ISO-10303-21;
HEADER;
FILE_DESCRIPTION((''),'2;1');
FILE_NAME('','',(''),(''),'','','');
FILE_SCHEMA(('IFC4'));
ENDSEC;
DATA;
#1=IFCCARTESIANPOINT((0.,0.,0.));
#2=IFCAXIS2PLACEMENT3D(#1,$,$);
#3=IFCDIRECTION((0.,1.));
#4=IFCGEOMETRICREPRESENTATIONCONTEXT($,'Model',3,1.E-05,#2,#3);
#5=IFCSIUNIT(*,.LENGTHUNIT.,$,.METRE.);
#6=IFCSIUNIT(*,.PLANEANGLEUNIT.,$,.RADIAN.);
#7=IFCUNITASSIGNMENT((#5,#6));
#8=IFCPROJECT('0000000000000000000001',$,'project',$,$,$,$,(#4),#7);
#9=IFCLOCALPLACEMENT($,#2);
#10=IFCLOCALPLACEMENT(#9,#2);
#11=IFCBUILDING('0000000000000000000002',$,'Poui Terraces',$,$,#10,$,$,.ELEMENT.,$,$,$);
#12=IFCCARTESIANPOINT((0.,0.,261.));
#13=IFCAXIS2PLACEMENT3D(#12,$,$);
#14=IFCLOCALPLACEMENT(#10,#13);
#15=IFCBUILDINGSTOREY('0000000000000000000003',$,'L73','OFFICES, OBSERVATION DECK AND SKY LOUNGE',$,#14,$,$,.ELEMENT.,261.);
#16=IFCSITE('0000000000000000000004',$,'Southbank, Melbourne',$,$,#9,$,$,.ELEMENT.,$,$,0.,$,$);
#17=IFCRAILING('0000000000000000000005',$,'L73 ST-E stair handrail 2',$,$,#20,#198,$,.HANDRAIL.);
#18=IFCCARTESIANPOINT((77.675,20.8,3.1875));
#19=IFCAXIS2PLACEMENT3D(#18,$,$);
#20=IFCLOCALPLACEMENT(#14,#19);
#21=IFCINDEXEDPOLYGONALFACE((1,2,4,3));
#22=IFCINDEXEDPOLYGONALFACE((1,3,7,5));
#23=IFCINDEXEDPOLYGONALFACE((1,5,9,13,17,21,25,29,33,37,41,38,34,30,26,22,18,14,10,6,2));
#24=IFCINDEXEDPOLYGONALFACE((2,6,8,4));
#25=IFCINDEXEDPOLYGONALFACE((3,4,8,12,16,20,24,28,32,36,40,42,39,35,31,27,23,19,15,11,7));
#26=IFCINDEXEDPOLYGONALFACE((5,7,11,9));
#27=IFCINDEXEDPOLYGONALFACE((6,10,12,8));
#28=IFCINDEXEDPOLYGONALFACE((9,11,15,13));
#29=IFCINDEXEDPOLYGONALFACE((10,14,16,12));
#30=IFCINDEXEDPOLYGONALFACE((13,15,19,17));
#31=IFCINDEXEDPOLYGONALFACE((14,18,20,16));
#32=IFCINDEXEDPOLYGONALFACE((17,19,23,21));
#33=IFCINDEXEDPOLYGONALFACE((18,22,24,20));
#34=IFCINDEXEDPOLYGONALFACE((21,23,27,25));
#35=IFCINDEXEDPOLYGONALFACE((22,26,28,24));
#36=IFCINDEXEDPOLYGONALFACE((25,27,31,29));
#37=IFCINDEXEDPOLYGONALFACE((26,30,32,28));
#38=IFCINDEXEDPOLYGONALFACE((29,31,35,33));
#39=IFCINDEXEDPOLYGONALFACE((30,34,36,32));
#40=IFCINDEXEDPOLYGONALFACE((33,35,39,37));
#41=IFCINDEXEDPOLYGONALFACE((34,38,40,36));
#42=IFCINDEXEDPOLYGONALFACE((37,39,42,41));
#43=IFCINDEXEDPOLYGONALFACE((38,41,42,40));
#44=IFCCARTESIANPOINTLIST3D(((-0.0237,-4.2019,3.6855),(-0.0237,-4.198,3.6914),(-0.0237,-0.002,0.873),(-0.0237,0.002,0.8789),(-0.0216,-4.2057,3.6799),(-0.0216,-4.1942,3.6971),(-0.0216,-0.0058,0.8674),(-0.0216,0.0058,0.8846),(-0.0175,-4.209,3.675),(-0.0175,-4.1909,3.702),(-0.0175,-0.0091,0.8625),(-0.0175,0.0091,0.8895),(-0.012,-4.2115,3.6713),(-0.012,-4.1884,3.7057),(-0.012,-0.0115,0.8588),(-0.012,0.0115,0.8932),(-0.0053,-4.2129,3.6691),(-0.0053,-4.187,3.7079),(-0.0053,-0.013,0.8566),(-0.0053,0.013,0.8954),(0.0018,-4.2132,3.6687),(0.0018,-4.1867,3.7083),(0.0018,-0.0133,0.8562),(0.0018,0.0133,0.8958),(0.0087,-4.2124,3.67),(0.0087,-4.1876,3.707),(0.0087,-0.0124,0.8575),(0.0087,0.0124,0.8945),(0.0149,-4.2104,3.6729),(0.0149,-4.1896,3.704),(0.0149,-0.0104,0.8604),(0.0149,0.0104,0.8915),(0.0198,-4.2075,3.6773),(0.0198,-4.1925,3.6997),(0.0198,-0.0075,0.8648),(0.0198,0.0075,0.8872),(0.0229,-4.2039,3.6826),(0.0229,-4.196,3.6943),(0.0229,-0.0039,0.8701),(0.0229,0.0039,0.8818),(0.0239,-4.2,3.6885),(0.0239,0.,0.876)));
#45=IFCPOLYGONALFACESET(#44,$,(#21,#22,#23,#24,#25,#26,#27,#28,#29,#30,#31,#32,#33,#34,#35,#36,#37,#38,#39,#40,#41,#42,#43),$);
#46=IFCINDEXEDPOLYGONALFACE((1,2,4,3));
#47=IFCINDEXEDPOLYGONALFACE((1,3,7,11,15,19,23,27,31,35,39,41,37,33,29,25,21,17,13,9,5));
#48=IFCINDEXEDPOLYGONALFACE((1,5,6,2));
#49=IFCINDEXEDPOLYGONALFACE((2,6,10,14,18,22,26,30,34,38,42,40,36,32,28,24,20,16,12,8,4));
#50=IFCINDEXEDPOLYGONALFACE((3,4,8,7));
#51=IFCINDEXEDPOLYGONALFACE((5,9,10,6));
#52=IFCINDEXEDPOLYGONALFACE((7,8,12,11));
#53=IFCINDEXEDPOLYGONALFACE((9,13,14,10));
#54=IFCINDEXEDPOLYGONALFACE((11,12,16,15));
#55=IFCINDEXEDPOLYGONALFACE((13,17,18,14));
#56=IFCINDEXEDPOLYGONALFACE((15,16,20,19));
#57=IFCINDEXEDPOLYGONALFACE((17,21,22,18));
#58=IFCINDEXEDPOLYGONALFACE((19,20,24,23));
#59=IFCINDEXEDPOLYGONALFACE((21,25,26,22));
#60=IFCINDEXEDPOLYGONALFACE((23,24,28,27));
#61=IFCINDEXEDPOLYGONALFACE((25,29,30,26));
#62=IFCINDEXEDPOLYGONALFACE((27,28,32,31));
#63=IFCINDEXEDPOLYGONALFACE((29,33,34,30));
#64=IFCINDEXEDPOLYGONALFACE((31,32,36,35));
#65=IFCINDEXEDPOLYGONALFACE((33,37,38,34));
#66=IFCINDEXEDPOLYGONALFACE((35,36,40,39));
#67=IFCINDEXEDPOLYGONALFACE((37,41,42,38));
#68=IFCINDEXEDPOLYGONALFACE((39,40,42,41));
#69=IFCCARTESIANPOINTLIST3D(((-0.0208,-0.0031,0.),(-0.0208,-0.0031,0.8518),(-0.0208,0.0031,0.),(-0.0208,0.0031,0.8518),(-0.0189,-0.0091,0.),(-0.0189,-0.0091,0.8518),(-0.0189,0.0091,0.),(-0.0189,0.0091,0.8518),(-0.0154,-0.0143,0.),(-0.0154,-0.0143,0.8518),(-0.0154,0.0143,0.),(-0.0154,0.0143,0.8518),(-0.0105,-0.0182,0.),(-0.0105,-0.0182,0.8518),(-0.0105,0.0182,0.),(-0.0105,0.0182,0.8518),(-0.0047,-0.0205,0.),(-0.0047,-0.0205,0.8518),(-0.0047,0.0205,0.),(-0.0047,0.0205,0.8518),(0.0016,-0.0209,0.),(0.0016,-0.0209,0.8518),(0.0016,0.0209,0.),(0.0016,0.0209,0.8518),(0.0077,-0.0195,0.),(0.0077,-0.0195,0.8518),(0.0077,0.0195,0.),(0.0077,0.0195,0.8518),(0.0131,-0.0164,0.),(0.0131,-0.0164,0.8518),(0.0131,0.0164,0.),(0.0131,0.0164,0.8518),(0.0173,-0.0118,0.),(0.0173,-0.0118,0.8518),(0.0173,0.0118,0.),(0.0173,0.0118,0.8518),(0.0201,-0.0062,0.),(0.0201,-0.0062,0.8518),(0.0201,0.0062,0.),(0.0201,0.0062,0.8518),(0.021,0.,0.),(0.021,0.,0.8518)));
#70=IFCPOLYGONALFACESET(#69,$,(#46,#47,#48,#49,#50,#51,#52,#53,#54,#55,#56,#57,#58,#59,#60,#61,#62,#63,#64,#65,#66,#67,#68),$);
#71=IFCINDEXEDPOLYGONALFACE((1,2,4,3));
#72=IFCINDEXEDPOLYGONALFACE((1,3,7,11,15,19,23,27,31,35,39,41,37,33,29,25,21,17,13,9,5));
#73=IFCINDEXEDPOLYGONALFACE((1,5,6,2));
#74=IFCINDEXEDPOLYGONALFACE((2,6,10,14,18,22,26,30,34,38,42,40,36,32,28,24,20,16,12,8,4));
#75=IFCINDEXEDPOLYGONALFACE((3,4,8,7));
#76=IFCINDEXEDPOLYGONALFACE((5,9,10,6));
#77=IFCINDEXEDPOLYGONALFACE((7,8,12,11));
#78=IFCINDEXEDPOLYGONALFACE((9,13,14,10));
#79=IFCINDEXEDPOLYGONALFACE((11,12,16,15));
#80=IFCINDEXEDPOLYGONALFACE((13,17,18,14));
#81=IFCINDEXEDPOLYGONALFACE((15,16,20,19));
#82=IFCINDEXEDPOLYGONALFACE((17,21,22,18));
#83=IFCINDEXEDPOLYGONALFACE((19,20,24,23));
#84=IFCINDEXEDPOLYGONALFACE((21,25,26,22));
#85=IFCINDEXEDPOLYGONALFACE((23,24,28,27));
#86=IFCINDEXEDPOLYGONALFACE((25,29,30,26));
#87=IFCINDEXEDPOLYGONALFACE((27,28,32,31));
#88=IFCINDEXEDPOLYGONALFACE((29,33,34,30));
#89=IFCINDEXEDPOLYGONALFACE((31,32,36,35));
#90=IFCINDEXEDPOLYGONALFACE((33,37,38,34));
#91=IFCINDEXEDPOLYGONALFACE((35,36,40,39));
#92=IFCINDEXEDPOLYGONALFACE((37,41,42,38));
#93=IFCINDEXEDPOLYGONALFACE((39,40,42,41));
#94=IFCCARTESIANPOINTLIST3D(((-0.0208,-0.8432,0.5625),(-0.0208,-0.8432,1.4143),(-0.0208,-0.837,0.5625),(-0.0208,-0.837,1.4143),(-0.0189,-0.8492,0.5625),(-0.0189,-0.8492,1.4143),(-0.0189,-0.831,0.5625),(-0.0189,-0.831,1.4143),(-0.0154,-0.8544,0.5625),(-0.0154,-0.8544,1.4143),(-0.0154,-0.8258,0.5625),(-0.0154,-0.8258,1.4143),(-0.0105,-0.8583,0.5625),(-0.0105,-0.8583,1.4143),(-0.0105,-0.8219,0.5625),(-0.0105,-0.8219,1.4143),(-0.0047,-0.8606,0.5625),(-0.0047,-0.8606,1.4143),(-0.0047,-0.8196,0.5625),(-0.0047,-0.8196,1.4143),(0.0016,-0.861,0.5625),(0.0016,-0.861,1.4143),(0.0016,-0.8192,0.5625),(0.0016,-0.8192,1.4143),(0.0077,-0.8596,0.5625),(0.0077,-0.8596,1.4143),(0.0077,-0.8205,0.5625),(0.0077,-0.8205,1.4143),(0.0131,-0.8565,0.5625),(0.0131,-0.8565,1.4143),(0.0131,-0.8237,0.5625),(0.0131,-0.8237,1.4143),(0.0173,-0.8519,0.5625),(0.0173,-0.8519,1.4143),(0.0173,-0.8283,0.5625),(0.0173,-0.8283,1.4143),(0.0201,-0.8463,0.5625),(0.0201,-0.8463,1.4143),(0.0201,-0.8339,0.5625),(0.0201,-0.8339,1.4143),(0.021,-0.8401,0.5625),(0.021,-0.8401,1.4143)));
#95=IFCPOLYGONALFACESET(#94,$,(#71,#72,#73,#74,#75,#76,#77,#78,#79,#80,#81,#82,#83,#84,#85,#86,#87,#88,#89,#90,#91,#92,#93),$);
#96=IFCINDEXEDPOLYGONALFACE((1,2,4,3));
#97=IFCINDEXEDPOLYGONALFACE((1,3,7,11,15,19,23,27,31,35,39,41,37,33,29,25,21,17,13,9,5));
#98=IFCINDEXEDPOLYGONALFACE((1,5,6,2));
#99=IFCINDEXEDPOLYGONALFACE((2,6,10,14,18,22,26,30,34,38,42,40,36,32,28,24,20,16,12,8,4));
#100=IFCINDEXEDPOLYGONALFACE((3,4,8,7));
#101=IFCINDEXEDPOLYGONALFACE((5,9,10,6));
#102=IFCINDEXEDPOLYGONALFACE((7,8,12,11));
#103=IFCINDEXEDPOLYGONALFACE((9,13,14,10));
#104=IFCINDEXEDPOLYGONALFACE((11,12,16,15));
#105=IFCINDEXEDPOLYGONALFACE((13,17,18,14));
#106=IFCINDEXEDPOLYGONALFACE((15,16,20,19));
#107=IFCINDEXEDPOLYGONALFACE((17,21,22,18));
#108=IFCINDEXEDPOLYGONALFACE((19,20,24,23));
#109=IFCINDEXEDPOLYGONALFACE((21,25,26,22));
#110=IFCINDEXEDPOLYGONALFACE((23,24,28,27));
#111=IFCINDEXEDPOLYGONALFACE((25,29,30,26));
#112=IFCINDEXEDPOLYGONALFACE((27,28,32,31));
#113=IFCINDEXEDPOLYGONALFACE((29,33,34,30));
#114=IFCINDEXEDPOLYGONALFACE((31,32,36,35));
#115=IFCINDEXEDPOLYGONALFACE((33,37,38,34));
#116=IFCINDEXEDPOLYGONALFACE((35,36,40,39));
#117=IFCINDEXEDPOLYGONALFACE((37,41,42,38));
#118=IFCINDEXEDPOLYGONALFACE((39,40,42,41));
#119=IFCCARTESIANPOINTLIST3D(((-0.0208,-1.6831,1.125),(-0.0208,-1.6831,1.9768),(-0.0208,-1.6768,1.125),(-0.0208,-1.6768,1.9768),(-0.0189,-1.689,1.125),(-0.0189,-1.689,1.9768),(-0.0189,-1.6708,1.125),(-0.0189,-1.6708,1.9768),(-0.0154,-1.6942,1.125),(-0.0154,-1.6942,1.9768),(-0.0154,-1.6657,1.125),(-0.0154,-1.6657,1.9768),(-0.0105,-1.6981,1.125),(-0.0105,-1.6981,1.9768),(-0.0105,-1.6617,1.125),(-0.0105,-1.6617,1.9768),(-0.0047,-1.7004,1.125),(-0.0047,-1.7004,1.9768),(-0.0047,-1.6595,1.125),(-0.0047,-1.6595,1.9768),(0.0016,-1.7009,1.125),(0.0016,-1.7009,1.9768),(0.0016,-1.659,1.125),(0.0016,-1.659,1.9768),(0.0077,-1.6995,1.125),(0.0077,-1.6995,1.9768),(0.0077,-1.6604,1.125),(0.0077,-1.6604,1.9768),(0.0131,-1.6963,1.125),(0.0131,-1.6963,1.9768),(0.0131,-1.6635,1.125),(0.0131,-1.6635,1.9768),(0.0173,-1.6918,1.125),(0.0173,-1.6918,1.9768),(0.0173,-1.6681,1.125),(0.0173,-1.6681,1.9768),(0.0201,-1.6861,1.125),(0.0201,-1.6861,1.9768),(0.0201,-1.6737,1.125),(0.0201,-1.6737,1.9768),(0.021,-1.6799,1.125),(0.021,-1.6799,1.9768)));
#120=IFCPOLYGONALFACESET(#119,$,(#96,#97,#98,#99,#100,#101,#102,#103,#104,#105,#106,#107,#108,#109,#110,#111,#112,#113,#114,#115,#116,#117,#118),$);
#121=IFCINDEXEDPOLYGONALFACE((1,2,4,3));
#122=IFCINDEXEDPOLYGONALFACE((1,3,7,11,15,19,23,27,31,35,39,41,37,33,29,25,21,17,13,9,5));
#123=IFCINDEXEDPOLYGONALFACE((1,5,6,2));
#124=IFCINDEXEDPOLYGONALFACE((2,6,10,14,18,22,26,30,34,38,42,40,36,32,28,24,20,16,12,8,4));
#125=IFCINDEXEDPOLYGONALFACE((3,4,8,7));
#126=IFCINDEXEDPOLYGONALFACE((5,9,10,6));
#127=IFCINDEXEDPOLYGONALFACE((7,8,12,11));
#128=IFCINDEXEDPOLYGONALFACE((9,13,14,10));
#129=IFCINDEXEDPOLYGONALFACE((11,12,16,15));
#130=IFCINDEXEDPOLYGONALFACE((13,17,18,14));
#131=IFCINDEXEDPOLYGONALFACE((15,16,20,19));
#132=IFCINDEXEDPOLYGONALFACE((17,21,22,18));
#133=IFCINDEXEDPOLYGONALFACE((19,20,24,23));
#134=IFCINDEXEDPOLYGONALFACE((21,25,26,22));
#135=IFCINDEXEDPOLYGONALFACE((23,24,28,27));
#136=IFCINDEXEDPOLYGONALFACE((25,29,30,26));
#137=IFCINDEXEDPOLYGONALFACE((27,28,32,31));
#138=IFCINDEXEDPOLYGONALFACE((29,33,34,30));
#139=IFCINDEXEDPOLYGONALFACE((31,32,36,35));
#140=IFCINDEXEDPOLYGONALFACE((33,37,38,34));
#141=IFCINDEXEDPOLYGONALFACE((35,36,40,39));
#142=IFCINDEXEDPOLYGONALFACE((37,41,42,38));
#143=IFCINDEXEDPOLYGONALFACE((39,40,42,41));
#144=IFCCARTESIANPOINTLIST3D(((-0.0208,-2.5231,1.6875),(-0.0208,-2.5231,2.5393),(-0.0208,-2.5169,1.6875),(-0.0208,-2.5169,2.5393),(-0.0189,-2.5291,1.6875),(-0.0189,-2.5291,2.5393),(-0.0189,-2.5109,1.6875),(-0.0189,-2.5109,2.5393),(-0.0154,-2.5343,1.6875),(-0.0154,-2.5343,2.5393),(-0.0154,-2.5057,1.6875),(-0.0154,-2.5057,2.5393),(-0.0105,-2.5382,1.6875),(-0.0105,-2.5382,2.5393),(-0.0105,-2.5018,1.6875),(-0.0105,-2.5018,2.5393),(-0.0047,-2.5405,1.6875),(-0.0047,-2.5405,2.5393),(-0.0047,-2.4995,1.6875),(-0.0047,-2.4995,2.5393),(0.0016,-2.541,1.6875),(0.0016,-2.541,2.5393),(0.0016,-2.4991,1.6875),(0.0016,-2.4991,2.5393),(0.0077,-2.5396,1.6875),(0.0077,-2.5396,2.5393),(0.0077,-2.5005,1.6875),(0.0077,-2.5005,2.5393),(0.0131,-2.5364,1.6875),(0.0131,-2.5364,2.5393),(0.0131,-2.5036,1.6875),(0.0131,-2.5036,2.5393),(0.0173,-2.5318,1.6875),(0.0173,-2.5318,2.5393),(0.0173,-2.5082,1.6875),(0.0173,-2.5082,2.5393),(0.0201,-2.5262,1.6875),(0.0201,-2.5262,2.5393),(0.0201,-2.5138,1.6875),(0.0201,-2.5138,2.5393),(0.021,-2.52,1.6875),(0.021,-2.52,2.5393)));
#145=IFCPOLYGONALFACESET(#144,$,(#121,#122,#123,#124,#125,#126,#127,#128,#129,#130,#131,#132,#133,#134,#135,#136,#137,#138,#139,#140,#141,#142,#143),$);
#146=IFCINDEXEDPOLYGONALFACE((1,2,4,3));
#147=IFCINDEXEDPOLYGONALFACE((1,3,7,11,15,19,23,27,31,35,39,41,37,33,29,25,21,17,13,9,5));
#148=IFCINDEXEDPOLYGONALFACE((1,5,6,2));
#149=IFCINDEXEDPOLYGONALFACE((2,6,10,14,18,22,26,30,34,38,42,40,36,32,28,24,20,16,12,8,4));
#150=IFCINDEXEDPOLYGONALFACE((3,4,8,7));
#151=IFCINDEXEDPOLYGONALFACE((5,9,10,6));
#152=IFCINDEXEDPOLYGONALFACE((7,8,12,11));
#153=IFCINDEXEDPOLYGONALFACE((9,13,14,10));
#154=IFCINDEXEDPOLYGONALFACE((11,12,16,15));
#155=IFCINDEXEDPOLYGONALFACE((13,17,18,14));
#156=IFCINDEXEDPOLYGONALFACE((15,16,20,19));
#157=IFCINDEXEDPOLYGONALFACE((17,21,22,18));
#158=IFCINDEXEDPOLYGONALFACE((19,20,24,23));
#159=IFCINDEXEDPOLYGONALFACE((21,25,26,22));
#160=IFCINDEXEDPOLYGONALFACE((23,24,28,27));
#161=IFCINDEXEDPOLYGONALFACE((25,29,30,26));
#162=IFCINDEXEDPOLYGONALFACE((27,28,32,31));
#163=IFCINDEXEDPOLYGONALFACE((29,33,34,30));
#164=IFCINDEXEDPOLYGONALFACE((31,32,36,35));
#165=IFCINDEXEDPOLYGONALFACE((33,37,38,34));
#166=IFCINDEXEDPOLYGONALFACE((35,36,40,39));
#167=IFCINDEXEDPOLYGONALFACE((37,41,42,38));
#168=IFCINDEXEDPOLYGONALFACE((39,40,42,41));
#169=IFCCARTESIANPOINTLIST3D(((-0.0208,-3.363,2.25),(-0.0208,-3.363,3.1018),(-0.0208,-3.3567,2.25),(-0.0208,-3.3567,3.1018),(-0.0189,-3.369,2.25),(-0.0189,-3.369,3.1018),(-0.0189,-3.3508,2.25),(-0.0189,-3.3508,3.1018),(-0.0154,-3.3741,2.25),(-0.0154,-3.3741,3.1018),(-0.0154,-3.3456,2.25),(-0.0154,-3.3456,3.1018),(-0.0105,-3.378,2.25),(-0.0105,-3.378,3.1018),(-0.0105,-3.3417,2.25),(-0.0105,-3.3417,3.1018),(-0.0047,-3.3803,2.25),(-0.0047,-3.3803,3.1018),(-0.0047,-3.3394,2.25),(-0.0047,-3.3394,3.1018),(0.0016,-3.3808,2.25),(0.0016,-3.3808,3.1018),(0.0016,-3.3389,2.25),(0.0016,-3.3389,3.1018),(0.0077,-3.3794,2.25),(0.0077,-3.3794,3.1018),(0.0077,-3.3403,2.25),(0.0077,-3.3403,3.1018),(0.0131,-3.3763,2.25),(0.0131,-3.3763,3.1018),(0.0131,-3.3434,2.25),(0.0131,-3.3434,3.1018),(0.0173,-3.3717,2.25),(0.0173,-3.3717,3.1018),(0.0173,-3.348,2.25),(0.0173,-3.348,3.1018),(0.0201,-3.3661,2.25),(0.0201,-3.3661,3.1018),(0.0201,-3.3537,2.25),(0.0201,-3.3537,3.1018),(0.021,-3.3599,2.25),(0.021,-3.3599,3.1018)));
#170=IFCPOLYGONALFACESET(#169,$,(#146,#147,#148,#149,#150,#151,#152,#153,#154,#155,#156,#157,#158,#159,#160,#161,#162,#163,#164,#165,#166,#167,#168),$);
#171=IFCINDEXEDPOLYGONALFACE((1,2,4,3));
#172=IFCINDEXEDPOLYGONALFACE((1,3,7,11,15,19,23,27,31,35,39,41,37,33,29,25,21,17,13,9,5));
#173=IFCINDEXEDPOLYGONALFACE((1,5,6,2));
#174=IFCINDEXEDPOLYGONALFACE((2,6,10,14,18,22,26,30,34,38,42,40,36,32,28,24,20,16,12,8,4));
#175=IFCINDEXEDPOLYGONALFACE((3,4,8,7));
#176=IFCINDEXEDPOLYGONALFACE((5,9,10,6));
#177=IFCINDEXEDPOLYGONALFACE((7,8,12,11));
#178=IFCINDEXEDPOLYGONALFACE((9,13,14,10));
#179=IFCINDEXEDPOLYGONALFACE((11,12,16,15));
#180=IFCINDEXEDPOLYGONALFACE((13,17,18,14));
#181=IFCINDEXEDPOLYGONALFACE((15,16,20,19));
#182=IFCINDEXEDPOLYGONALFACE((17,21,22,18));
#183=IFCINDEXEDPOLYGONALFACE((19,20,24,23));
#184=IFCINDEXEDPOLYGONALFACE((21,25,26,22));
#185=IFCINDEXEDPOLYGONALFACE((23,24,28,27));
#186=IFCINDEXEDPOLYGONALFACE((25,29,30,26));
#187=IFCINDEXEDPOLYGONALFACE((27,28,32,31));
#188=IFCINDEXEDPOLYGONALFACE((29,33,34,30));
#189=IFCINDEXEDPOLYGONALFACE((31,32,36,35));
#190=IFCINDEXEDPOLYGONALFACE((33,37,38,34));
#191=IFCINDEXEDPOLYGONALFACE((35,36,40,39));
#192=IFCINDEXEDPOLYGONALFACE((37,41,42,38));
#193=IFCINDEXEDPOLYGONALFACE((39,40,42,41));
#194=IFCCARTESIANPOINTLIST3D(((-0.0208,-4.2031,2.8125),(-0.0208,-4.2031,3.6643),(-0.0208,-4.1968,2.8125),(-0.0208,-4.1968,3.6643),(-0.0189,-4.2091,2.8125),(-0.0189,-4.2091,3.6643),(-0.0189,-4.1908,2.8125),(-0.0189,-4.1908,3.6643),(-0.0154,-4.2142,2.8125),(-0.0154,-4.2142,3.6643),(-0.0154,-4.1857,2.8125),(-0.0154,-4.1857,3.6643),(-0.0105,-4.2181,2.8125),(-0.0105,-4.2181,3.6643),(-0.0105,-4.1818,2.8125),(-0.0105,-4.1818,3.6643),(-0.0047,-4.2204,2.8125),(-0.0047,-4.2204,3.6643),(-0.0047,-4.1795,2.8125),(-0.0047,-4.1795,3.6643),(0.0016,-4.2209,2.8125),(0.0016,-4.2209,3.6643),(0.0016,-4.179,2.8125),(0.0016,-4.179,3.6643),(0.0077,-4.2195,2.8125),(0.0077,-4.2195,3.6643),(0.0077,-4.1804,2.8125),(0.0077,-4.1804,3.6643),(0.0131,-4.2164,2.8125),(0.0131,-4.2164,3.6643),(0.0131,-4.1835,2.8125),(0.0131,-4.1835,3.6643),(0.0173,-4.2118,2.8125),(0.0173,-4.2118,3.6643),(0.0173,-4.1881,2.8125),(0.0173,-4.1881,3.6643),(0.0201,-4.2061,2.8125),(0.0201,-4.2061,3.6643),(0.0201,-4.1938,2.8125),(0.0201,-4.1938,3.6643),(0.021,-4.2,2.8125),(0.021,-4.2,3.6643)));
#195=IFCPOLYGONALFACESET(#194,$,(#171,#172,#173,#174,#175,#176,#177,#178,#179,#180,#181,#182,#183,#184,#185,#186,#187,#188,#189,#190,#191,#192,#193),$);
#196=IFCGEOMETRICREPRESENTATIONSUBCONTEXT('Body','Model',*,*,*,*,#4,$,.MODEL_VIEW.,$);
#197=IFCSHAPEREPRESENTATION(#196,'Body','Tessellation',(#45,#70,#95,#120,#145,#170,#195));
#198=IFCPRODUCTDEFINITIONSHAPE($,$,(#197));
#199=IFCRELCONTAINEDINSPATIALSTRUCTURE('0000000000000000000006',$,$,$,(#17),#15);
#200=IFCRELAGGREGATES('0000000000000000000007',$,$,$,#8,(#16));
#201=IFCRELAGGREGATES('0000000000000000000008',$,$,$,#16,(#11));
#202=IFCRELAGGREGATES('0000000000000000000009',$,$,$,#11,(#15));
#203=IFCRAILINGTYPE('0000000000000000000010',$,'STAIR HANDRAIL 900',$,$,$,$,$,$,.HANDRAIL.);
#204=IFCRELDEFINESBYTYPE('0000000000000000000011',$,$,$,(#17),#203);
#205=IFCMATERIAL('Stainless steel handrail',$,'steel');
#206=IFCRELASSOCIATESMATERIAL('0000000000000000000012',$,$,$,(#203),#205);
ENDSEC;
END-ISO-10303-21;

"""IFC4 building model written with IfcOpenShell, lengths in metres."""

from ifc_helpers import new_model, si_unit, direction, frame, origin, origin_2d, place, context, subcontext, project, spatial, circle, extrude, material, type_object, element, save


model = new_model("IFC4")

# Units and contexts
model_context = context("Model", 3, precision=1e-05, world=origin(), true_north=direction((0.0, 1.0)))
body_context = subcontext(model_context, "Body", "Model", "MODEL_VIEW")
ifc_project = project(units=[si_unit("LENGTHUNIT", "METRE"), si_unit("PLANEANGLEUNIT", "RADIAN")], contexts=[model_context])

# Site, building, storey
site_placement = place(None, origin())
site = spatial("IfcSite", under=ifc_project, at=site_placement, Name="Southbank, Melbourne", CompositionType="ELEMENT", RefElevation=0.0)
building_placement = place(site_placement, origin())
building = spatial("IfcBuilding", under=site, at=building_placement, Name="Poui Terraces", CompositionType="ELEMENT")
storey_placement = place(building_placement, frame((0.0, 0.0, 261.0)))
storey = spatial("IfcBuildingStorey", under=building, at=storey_placement, Name="L73", Description="OFFICES, OBSERVATION DECK AND SKY LOUNGE", CompositionType="ELEMENT", Elevation=261.0)

# Railing
ifc_material_1 = material(Name="Stainless steel handrail", Category="steel")
railing_type_1 = type_object("IfcRailingType", Name="STAIR HANDRAIL 900", PredefinedType="HANDRAIL", material=ifc_material_1)
railing_1_placement = place(storey_placement, frame((77.675, 20.8, 3.1875)))
element("IfcRailing", 1, at=railing_1_placement, inside=storey, type_object=railing_type_1, Name="L73 ST-E stair handrail 2", PredefinedType="HANDRAIL", context=body_context, shape_type="SweptSolid", body=[
    extrude(circle(Radius=0.0239, at=origin_2d()), frame((0.0, 0.0, 0.876), z_axis=(0.0, -0.830904, 0.556416), x_axis=(1.0, 0.0, 0.0)), (0.0, 0.0, 1.0), 5.0547),
    extrude(circle(Radius=0.021, at=origin_2d()), origin(), (0.0, 0.0, 1.0), 0.8518),
    extrude(circle(Radius=0.021, at=origin_2d()), frame((0.0, -0.8401, 0.5625)), (0.0, 0.0, 1.0), 0.8518),
    extrude(circle(Radius=0.021, at=origin_2d()), frame((0.0, -1.6799, 1.125)), (0.0, 0.0, 1.0), 0.8518),
    extrude(circle(Radius=0.021, at=origin_2d()), frame((0.0, -2.52, 1.6875)), (0.0, 0.0, 1.0), 0.8518),
    extrude(circle(Radius=0.021, at=origin_2d()), frame((0.0, -3.3599, 2.25)), (0.0, 0.0, 1.0), 0.8518),
    extrude(circle(Radius=0.021, at=origin_2d()), frame((0.0, -4.2, 2.8125)), (0.0, 0.0, 1.0), 0.8518),
])

save(model, "model.ifc")
